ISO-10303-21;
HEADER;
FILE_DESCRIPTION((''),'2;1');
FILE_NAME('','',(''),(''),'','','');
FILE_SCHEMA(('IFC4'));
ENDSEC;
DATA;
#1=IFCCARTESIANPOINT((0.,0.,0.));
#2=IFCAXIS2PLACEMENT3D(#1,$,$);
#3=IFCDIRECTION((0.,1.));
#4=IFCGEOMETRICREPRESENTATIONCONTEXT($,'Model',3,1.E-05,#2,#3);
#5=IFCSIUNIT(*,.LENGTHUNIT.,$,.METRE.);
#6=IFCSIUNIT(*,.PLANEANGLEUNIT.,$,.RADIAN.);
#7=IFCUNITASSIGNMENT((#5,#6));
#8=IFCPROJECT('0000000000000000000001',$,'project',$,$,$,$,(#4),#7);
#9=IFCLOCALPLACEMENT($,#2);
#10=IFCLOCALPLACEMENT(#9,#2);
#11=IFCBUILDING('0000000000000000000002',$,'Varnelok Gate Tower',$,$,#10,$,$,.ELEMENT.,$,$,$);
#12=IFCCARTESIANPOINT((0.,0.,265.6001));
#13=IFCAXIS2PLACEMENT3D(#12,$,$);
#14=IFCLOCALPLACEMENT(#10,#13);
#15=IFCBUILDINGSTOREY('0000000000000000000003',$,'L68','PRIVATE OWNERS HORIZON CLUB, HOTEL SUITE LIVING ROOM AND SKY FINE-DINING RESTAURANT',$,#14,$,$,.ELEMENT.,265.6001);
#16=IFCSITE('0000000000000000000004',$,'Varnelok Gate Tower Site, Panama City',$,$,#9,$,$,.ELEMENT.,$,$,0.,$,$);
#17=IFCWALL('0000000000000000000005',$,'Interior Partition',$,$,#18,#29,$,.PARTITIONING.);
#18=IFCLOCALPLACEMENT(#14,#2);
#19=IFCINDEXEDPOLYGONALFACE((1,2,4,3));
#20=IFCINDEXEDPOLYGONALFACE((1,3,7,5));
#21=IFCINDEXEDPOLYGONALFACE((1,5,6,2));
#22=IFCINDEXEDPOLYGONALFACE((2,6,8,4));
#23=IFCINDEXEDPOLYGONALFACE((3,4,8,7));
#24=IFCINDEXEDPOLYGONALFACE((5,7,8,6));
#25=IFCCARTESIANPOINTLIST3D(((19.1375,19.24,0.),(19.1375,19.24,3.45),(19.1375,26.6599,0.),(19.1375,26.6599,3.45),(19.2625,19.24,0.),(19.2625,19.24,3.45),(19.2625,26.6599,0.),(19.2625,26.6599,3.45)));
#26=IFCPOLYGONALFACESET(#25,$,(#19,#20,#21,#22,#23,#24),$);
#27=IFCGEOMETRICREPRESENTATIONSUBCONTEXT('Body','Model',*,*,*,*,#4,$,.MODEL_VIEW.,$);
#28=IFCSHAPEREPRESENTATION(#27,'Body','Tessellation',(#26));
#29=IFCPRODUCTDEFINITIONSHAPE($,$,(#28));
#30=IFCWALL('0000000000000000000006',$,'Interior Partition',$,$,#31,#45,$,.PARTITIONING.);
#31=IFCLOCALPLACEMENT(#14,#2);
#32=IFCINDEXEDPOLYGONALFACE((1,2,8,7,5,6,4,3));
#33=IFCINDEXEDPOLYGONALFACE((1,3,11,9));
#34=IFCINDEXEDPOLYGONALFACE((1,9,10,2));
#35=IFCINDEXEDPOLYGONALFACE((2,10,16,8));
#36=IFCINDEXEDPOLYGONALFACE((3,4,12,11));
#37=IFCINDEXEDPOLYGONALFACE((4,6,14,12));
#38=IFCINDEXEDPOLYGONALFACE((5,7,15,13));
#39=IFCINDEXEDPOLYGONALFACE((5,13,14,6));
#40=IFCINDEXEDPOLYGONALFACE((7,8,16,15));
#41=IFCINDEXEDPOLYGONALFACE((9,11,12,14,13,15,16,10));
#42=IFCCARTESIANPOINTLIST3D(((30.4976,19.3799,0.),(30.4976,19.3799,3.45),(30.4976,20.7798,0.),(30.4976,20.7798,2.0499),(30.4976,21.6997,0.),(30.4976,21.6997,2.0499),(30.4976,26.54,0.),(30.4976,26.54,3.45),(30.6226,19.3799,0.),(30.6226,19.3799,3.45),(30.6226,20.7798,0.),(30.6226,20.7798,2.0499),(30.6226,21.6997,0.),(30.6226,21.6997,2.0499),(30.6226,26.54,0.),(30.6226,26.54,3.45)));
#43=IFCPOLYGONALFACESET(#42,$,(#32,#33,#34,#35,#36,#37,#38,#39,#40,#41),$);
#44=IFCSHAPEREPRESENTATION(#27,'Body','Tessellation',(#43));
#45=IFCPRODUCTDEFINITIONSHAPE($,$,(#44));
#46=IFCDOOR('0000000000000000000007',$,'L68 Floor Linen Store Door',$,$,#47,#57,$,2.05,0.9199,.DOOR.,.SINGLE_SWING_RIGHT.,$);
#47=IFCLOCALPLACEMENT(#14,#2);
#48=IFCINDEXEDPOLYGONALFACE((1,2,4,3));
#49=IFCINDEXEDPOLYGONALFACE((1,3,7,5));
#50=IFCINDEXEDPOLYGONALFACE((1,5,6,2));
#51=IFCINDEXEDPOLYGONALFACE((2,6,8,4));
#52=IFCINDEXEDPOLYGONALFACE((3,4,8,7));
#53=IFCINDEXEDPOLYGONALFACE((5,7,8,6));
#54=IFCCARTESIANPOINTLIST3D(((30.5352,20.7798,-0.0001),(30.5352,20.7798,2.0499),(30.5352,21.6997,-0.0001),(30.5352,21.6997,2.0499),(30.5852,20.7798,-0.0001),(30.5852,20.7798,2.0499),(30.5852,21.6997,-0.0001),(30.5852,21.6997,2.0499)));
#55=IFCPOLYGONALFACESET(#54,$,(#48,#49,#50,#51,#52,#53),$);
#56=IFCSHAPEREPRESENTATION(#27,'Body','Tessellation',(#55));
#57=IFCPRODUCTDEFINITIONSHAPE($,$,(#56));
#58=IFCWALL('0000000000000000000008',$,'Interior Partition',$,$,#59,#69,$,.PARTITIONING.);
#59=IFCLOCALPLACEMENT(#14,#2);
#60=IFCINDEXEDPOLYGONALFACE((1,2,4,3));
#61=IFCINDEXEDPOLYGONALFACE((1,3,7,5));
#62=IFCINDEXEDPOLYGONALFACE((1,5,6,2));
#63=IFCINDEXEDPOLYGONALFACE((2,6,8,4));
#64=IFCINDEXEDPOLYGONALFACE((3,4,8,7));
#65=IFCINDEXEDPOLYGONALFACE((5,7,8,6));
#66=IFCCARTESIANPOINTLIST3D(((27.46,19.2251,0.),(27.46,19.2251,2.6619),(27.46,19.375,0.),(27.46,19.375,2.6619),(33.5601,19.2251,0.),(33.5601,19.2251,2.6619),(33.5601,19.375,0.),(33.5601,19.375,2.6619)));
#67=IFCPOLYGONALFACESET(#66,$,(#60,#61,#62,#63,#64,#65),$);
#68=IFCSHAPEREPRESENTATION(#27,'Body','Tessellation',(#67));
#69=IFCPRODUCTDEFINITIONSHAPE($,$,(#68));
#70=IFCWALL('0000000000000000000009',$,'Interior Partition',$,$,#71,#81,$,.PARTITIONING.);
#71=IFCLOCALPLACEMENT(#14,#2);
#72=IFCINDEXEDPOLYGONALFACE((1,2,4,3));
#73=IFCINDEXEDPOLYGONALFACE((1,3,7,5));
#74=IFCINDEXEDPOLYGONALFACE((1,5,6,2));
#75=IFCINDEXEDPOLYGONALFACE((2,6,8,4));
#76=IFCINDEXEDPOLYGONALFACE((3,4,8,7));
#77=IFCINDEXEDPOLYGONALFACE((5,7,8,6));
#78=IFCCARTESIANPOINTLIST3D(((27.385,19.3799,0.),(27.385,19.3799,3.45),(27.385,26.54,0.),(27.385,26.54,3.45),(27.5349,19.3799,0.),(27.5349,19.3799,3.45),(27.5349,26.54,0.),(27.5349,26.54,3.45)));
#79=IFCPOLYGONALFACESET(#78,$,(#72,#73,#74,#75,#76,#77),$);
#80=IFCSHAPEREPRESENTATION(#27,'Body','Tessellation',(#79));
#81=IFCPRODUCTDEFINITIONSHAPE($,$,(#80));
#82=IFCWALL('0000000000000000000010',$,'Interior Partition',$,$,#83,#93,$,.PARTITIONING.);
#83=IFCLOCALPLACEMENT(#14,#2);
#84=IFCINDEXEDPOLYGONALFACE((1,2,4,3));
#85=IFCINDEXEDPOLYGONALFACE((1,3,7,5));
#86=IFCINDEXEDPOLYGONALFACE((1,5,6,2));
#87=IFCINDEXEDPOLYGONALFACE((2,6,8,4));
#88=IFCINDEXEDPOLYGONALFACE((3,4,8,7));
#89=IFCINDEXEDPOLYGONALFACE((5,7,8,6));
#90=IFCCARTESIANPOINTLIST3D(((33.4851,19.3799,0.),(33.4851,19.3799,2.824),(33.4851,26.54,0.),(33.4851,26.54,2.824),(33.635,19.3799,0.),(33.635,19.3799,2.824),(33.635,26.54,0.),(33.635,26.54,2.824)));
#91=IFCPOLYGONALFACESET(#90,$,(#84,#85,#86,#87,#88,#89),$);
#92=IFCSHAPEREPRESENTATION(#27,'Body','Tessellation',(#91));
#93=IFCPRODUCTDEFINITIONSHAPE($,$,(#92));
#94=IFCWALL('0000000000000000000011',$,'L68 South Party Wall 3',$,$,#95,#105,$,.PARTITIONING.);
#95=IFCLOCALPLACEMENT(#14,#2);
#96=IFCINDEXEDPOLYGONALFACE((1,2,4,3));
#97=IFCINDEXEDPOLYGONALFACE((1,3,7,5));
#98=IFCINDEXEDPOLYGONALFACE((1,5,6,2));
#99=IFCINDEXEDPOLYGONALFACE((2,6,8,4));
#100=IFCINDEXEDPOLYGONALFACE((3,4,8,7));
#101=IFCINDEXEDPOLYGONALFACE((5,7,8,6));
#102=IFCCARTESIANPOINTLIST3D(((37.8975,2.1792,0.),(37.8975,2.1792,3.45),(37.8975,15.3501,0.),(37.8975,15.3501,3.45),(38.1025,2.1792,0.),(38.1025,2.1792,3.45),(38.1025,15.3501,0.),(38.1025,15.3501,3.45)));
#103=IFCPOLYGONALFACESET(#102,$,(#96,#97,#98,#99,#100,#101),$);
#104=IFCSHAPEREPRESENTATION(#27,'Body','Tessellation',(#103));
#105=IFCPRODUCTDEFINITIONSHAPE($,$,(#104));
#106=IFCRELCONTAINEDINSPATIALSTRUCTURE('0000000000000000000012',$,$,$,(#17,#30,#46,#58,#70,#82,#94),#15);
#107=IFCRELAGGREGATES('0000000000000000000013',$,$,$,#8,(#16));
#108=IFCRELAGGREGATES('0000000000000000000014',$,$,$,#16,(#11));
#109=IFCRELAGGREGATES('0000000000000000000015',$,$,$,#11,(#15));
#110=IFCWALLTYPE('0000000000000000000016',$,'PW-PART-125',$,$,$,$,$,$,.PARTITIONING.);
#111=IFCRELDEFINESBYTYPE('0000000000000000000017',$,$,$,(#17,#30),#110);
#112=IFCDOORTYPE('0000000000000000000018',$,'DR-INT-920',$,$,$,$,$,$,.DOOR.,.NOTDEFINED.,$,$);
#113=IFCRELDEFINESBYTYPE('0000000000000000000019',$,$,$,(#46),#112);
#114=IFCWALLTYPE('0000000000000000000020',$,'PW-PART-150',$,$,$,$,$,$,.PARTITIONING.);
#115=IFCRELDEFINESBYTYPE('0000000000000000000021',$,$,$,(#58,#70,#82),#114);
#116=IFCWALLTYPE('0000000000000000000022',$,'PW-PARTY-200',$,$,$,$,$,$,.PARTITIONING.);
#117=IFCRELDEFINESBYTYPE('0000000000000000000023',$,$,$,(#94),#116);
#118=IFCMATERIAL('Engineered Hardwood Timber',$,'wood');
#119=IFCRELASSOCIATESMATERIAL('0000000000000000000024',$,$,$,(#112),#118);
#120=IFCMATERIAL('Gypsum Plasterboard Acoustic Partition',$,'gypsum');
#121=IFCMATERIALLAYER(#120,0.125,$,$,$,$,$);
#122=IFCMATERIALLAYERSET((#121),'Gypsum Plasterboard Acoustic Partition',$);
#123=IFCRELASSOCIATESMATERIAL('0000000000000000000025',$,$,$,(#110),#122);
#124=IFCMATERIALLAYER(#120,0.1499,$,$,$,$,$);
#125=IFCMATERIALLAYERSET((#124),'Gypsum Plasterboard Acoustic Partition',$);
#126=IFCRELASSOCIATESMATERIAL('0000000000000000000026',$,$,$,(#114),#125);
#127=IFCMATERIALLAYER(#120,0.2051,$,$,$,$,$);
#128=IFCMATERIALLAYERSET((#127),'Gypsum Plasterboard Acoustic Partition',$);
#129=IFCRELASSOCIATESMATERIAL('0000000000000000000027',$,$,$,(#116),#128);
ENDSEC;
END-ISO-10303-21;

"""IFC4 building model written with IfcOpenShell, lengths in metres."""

from ifc_helpers import new_model, si_unit, direction, frame, frame_2d, origin, place, context, subcontext, project, spatial, rectangle, extrude, material, layer, layer_set, type_object, element, fill, save


model = new_model("IFC4")

# Units and contexts
model_context = context("Model", 3, precision=1e-05, world=origin(), true_north=direction((0.0, 1.0)))
body_context = subcontext(model_context, "Body", "Model", "MODEL_VIEW")
ifc_project = project(units=[si_unit("LENGTHUNIT", "METRE"), si_unit("PLANEANGLEUNIT", "RADIAN")], contexts=[model_context])

# Site, building, storey
site_placement = place(None, origin())
site = spatial("IfcSite", under=ifc_project, at=site_placement, Name="Varnelok Gate Tower Site, Panama City", CompositionType="ELEMENT", RefElevation=0.0)
building_placement = place(site_placement, origin())
building = spatial("IfcBuilding", under=site, at=building_placement, Name="Varnelok Gate Tower", CompositionType="ELEMENT")
storey_placement = place(building_placement, frame((0.0, 0.0, 265.6001)))
storey = spatial("IfcBuildingStorey", under=building, at=storey_placement, Name="L68", Description="PRIVATE OWNERS HORIZON CLUB, HOTEL SUITE LIVING ROOM AND SKY FINE-DINING RESTAURANT", CompositionType="ELEMENT", Elevation=265.6001)

# Shared definitions
ifc_material_1 = material(Name="Gypsum Plasterboard Acoustic Partition", Category="gypsum")
ifc_material_2 = material(Name="Engineered Hardwood Timber", Category="wood")
door_type_1 = type_object("IfcDoorType", Name="DR-INT-920", OperationType="NOTDEFINED", PredefinedType="DOOR", material=ifc_material_2)

# Wall
ifc_layer_1 = layer(ifc_material_1, 0.125)
ifc_layer_set_1 = layer_set([ifc_layer_1], Name="Gypsum Plasterboard Acoustic Partition")
wall_type_1 = type_object("IfcWallType", Name="PW-PART-125", PredefinedType="PARTITIONING", material=ifc_layer_set_1)
wall_1_placement = place(storey_placement, frame((19.2, 19.24, 0.0), z_axis=(0.0, 0.0, 1.0), x_axis=(0.0, 1.0, 0.0)))
element("IfcWall", 1, at=wall_1_placement, inside=storey, type_object=wall_type_1, Name="Interior Partition", PredefinedType="PARTITIONING", context=body_context, shape_type="SweptSolid", body=[
    extrude(rectangle(XDim=7.4199, YDim=0.125, at=frame_2d((3.71, 0.0))), origin(), (0.0, 0.0, 1.0), 3.45),
])

# Wall, opening, door
wall_2_placement = place(storey_placement, frame((30.5601, 19.3799, 0.0), z_axis=(0.0, 0.0, 1.0), x_axis=(0.0, 1.0, 0.0)))
wall_2 = element("IfcWall", 2, at=wall_2_placement, inside=storey, type_object=wall_type_1, Name="Interior Partition", PredefinedType="PARTITIONING", context=body_context, shape_type="SweptSolid", body=[
    extrude(rectangle(XDim=7.1602, YDim=0.125, at=frame_2d((3.5801, 0.0))), origin(), (0.0, 0.0, 1.0), 3.45),
])
opening_1_placement = place(wall_2_placement, frame((1.3999, 0.0, 0.0)))
opening_1 = element("IfcOpeningElement", 3, at=opening_1_placement, cuts=wall_2, PredefinedType="OPENING", context=body_context, shape_type="SweptSolid", body=[
    extrude(rectangle(XDim=0.9199, YDim=2.05, at=frame_2d((0.46, 1.0249))), frame((0.0, 0.0725, 0.0), z_axis=(0.0, -1.0, 0.0), x_axis=(1.0, 0.0, 0.0)), (0.0, 0.0, 1.0), 0.145),
])
door_1_placement = place(opening_1_placement, origin())
door_1 = element("IfcDoor", 4, at=door_1_placement, inside=storey, type_object=door_type_1, Name="L68 Floor Linen Store Door", OperationType="SINGLE_SWING_RIGHT", OverallHeight=2.05, OverallWidth=0.9199, PredefinedType="DOOR", context=body_context, shape_type="SweptSolid", body=[
    extrude(rectangle(XDim=0.9199, YDim=2.05, at=frame_2d((0.46, 1.0249))), frame((0.0, 0.0249, 0.0), z_axis=(0.0, -1.0, 0.0), x_axis=(1.0, 0.0, 0.0)), (0.0, 0.0, 1.0), 0.05),
])
fill(opening_1, door_1)

# Walls
ifc_layer_2 = layer(ifc_material_1, 0.1499)
ifc_layer_set_2 = layer_set([ifc_layer_2], Name="Gypsum Plasterboard Acoustic Partition")
wall_type_2 = type_object("IfcWallType", Name="PW-PART-150", PredefinedType="PARTITIONING", material=ifc_layer_set_2)
wall_3_placement = place(storey_placement, frame((27.46, 19.3, 0.0), z_axis=(0.0, 0.0, 1.0), x_axis=(1.0, 0.0, 0.0)))
element("IfcWall", 5, at=wall_3_placement, inside=storey, type_object=wall_type_2, Name="Interior Partition", PredefinedType="PARTITIONING", context=body_context, shape_type="SweptSolid", body=[
    extrude(rectangle(XDim=6.1001, YDim=0.1499, at=frame_2d((3.05, 0.0))), origin(), (0.0, 0.0, 1.0), 2.6619),
])
wall_4_placement = place(storey_placement, frame((27.46, 19.3799, 0.0), z_axis=(0.0, 0.0, 1.0), x_axis=(0.0, 1.0, 0.0)))
element("IfcWall", 6, at=wall_4_placement, inside=storey, type_object=wall_type_2, Name="Interior Partition", PredefinedType="PARTITIONING", context=body_context, shape_type="SweptSolid", body=[
    extrude(rectangle(XDim=7.1602, YDim=0.1499, at=frame_2d((3.5801, 0.0))), origin(), (0.0, 0.0, 1.0), 3.45),
])
wall_5_placement = place(storey_placement, frame((33.5601, 19.3799, 0.0), z_axis=(0.0, 0.0, 1.0), x_axis=(0.0, 1.0, 0.0)))
element("IfcWall", 7, at=wall_5_placement, inside=storey, type_object=wall_type_2, Name="Interior Partition", PredefinedType="PARTITIONING", context=body_context, shape_type="SweptSolid", body=[
    extrude(rectangle(XDim=7.1602, YDim=0.1499, at=frame_2d((3.5801, 0.0))), origin(), (0.0, 0.0, 1.0), 2.824),
])
ifc_layer_3 = layer(ifc_material_1, 0.2051)
ifc_layer_set_3 = layer_set([ifc_layer_3], Name="Gypsum Plasterboard Acoustic Partition")
wall_type_3 = type_object("IfcWallType", Name="PW-PARTY-200", PredefinedType="PARTITIONING", material=ifc_layer_set_3)
wall_6_placement = place(storey_placement, frame((38.0, 2.1792, 0.0), z_axis=(0.0, 0.0, 1.0), x_axis=(0.0, 1.0, 0.0)))
element("IfcWall", 8, at=wall_6_placement, inside=storey, type_object=wall_type_3, Name="L68 South Party Wall 3", PredefinedType="PARTITIONING", context=body_context, shape_type="SweptSolid", body=[
    extrude(rectangle(XDim=13.1709, YDim=0.2051, at=frame_2d((6.5854, 0.0))), origin(), (0.0, 0.0, 1.0), 3.45),
])

save(model, "model.ifc")
